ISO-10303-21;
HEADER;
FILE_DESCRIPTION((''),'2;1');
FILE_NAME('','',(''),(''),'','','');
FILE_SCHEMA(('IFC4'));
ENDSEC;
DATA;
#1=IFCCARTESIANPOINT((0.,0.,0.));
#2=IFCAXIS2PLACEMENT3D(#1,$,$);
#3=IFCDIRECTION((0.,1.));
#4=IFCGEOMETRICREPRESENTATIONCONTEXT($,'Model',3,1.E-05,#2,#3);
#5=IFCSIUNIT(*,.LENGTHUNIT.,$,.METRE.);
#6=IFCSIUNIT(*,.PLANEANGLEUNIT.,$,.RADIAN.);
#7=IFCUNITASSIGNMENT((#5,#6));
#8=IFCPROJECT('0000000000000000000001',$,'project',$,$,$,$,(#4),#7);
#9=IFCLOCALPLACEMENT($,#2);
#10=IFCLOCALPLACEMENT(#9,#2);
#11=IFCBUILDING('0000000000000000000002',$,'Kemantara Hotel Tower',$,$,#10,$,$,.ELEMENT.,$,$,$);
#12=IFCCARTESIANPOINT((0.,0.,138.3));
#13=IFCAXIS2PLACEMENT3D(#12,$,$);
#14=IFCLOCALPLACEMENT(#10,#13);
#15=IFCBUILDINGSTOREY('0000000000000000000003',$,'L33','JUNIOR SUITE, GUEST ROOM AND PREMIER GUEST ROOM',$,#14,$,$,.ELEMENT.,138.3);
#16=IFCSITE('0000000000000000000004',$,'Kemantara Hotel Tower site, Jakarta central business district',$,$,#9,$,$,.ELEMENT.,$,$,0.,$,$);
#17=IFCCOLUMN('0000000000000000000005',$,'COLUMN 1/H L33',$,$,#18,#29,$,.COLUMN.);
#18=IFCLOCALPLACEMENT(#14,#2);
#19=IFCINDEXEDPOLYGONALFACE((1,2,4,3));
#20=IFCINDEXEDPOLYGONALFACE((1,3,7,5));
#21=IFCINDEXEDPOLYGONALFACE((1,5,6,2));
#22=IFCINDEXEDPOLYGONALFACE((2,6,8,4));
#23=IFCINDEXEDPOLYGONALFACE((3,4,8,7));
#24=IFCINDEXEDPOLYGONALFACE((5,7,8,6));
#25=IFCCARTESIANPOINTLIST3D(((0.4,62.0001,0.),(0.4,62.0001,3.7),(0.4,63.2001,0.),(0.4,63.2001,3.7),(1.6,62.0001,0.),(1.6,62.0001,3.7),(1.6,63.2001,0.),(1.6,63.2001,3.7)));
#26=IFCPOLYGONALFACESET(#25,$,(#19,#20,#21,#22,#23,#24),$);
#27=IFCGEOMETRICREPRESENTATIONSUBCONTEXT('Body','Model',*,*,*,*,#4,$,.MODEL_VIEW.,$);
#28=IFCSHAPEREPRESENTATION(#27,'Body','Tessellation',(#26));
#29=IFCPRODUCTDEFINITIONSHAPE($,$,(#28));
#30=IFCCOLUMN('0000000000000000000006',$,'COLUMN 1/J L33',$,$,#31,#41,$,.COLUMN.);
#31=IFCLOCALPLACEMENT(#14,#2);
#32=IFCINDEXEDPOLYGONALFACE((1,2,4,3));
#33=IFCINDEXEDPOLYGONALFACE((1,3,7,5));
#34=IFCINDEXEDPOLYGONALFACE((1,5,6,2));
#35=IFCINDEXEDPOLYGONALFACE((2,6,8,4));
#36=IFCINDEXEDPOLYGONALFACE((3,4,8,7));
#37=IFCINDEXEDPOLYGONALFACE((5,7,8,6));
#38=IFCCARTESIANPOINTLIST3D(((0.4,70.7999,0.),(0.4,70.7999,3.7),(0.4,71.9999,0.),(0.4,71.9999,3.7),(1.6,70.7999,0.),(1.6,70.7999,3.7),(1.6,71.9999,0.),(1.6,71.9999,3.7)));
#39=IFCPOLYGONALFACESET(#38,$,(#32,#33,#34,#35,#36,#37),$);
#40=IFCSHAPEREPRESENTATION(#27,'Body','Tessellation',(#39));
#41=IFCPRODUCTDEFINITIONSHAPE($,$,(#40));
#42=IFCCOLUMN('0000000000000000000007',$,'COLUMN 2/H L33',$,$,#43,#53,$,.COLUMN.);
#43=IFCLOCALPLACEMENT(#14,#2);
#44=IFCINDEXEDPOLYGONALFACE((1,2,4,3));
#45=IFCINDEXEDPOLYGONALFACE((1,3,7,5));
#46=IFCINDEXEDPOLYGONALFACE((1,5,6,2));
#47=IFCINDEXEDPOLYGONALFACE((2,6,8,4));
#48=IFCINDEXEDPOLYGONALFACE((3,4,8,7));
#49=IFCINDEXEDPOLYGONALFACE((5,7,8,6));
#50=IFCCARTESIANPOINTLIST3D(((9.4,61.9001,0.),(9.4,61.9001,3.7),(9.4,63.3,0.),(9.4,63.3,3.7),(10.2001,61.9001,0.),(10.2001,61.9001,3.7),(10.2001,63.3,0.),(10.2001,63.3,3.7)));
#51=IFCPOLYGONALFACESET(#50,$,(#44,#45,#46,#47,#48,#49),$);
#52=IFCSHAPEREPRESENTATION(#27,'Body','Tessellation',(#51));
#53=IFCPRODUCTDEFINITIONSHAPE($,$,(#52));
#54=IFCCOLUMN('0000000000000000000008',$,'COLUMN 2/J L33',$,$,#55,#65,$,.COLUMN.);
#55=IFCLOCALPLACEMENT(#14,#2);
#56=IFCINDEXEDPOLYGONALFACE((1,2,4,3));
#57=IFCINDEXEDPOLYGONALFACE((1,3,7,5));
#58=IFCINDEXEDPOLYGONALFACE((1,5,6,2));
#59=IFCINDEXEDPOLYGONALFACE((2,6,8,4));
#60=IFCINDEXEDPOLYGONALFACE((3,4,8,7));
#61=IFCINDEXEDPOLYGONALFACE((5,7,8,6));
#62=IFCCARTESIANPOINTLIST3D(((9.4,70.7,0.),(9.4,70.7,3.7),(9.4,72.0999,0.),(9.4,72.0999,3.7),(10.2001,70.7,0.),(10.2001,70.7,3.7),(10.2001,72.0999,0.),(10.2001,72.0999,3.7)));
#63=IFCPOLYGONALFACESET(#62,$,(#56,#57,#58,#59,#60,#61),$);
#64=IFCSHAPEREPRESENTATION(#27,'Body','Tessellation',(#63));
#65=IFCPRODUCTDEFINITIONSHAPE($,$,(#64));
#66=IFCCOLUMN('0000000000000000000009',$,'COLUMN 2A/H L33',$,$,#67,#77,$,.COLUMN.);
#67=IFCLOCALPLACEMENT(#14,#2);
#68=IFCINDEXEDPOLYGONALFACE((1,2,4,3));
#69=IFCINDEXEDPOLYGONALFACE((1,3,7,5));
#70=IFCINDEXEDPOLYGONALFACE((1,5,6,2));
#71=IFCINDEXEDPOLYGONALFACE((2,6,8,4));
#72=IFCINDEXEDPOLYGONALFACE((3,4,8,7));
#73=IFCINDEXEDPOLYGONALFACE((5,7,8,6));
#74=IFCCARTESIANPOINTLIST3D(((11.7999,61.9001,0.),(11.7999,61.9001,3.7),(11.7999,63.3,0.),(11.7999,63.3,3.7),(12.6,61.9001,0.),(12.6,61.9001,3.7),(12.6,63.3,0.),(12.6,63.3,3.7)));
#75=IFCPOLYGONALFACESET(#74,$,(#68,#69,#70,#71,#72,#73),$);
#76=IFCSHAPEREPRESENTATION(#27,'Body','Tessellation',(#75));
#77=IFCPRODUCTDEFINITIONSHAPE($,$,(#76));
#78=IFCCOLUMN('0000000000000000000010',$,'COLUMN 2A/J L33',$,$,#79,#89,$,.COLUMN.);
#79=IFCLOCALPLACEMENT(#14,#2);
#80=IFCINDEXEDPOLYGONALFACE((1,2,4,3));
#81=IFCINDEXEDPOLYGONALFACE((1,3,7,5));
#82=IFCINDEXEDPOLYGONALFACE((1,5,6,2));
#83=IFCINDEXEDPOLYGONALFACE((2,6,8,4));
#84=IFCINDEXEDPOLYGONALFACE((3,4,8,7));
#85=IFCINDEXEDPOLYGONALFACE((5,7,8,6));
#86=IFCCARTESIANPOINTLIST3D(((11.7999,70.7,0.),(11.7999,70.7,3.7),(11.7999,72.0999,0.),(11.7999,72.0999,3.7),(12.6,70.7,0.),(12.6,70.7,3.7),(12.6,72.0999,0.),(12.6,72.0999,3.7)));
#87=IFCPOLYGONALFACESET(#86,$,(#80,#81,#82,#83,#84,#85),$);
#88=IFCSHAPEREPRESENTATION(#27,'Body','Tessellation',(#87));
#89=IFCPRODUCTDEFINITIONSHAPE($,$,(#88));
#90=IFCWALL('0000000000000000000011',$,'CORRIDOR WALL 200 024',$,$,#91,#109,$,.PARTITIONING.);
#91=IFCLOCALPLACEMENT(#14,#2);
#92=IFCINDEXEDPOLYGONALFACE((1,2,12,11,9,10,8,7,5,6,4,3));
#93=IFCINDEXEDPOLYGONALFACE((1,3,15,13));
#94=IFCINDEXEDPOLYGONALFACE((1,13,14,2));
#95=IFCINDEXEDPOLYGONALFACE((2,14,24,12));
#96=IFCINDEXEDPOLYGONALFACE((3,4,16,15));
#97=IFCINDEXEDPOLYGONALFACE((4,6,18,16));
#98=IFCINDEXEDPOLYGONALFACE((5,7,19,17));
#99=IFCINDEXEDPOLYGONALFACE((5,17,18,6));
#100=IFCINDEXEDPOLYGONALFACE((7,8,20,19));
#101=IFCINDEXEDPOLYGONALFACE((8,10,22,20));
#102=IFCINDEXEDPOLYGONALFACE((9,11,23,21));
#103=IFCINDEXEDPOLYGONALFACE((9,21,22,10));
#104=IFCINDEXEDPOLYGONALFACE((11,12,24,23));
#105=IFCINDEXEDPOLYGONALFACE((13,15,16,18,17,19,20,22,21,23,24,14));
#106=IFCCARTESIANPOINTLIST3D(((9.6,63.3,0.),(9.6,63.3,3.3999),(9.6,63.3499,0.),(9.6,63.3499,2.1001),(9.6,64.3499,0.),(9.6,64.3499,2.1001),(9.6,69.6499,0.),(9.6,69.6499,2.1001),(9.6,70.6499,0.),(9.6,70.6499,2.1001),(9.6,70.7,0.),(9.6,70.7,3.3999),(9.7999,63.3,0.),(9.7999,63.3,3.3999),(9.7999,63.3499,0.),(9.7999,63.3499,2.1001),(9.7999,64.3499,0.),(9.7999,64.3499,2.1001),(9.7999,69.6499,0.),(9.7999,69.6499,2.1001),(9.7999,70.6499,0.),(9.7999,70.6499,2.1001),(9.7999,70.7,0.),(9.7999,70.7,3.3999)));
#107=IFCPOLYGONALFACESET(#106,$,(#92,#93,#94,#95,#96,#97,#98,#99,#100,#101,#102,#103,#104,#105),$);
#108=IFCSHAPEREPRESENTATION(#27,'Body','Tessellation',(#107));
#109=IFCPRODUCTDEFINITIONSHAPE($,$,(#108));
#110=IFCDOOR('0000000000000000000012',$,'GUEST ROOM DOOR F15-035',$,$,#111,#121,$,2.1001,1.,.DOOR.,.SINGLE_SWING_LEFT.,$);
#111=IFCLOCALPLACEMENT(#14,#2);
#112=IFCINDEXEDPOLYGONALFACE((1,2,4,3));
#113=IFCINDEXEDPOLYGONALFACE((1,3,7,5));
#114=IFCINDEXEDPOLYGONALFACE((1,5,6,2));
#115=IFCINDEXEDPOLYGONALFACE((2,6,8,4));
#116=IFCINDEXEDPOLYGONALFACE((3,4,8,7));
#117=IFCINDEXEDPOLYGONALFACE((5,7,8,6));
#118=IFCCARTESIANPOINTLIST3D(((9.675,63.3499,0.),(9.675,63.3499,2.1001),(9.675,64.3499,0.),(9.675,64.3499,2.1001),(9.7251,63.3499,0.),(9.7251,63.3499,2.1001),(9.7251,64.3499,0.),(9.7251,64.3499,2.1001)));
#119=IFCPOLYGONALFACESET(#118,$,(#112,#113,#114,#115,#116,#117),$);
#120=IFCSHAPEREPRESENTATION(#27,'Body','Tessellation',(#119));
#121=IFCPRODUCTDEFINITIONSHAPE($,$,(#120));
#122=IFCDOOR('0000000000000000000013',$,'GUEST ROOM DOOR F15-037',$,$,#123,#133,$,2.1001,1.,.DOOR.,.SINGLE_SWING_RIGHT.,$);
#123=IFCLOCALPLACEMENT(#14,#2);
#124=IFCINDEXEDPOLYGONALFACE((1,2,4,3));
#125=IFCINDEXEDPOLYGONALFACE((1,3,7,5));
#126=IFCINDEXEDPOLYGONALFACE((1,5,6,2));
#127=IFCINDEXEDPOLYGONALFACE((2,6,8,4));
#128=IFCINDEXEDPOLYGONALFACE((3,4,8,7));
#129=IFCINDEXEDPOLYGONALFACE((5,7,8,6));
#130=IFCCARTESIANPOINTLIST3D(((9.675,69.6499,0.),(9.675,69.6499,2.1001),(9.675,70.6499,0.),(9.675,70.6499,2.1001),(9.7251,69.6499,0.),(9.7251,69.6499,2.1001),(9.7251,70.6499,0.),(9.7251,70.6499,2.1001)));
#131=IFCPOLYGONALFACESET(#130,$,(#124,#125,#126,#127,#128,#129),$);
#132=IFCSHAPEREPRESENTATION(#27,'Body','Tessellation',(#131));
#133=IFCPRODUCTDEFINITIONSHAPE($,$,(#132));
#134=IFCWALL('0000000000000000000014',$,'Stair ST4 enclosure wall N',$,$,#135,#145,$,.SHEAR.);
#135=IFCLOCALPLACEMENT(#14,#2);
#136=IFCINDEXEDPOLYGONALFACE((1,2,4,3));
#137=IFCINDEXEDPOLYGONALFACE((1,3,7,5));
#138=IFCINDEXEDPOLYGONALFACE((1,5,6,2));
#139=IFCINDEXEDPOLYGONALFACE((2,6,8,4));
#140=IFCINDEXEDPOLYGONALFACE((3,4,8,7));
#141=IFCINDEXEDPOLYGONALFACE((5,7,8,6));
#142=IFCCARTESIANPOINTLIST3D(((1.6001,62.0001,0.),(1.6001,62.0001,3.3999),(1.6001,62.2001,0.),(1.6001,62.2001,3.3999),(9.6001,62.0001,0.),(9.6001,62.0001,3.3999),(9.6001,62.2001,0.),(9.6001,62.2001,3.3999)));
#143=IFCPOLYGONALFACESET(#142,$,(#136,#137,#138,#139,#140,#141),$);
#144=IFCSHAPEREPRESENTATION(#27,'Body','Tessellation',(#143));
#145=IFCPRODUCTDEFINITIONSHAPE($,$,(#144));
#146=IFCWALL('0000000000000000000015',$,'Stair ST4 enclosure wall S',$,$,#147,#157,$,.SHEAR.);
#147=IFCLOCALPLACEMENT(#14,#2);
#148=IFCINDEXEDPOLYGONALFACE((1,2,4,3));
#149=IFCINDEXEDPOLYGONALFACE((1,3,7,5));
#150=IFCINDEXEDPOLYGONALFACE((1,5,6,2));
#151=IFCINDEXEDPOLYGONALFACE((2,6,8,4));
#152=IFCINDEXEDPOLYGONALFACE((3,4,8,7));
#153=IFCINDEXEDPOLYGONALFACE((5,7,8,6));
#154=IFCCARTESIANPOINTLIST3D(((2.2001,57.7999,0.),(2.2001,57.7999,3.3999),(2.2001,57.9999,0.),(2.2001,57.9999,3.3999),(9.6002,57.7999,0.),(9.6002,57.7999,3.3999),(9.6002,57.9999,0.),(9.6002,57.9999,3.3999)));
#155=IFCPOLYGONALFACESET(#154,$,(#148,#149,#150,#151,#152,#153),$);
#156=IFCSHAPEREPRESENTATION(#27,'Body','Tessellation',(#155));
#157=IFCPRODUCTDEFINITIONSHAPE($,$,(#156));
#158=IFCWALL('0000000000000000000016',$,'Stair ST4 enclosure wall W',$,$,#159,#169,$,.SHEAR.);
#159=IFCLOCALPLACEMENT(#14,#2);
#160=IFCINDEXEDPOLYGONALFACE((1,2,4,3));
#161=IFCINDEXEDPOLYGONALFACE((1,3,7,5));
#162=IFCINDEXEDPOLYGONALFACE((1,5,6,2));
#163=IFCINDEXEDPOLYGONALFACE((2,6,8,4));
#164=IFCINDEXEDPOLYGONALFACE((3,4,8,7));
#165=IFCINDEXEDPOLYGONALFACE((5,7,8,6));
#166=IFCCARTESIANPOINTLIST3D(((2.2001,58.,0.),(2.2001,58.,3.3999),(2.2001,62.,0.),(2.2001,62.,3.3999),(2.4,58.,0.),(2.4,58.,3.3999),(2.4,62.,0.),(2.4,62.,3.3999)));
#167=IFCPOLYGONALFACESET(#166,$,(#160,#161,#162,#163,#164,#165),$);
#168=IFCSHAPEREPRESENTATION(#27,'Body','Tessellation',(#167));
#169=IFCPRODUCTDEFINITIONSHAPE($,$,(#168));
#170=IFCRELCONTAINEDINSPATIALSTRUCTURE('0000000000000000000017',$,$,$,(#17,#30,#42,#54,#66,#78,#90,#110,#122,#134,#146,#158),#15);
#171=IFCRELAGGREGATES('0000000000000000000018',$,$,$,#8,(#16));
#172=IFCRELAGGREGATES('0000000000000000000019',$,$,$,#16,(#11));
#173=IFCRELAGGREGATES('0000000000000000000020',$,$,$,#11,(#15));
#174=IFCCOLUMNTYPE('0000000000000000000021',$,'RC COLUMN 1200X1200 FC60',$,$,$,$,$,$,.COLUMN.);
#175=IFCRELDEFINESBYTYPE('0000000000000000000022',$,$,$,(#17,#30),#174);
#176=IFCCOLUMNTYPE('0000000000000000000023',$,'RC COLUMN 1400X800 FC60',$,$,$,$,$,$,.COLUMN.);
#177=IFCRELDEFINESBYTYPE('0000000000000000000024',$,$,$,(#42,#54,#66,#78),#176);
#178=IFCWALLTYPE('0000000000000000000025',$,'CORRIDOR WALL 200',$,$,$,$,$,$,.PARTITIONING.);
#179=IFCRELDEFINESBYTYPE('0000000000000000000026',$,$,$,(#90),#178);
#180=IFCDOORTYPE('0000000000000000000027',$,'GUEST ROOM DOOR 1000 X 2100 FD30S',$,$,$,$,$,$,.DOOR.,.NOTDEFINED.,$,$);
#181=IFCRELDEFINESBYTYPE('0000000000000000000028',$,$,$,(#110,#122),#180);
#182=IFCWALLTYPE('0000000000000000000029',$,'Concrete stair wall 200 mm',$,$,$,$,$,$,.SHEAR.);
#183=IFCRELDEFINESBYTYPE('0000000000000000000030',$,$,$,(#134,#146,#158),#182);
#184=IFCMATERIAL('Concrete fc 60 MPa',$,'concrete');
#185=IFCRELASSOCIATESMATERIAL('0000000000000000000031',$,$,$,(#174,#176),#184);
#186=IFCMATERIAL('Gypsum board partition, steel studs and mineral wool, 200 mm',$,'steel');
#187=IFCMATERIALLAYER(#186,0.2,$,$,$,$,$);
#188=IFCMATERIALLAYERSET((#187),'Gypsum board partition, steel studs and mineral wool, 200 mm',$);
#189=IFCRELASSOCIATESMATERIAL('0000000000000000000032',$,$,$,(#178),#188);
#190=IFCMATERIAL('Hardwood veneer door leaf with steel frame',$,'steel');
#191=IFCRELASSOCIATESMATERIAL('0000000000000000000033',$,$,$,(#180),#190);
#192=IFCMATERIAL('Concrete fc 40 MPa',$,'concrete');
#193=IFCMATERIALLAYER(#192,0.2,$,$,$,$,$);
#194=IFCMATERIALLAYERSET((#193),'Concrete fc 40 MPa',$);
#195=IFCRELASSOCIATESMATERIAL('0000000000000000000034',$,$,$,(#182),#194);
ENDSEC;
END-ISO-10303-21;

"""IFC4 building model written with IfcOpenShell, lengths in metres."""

from ifc_helpers import new_model, si_unit, direction, frame, frame_2d, origin, origin_2d, place, context, subcontext, project, spatial, rectangle, extrude, material, layer, layer_set, material_profile, profile_set, type_object, element, fill, save


model = new_model("IFC4")

# Units and contexts
model_context = context("Model", 3, precision=1e-05, world=origin(), true_north=direction((0.0, 1.0)))
body_context = subcontext(model_context, "Body", "Model", "MODEL_VIEW")
ifc_project = project(units=[si_unit("LENGTHUNIT", "METRE"), si_unit("PLANEANGLEUNIT", "RADIAN")], contexts=[model_context])

# Site, building, storey
site_placement = place(None, origin())
site = spatial("IfcSite", under=ifc_project, at=site_placement, Name="Kemantara Hotel Tower site, Jakarta central business district", CompositionType="ELEMENT", RefElevation=0.0)
building_placement = place(site_placement, origin())
building = spatial("IfcBuilding", under=site, at=building_placement, Name="Kemantara Hotel Tower", CompositionType="ELEMENT")
storey_placement = place(building_placement, frame((0.0, 0.0, 138.3)))
storey = spatial("IfcBuildingStorey", under=building, at=storey_placement, Name="L33", Description="JUNIOR SUITE, GUEST ROOM AND PREMIER GUEST ROOM", CompositionType="ELEMENT", Elevation=138.3)

# Columns
ifc_material_1 = material(Name="Concrete fc 60 MPa", Category="concrete")
ifc_material_profile_1 = material_profile(ifc_material_1, rectangle(XDim=1.2, YDim=1.2, at=origin_2d()), Name="RC 1200X1200")
ifc_profile_set_1 = profile_set([ifc_material_profile_1], Name="Concrete fc 60 MPa")
column_type_1 = type_object("IfcColumnType", Name="RC COLUMN 1200X1200 FC60", PredefinedType="COLUMN", material=ifc_profile_set_1)
for number, where, z_axis, x_axis, name in (
    (1, (1.0, 62.6001, 0.0), (0.0, 0.0, 1.0), (1.0, 0.0, 0.0), "COLUMN 1/H L33"),
    (2, (1.0, 71.3999, 0.0), (0.0, 0.0, 1.0), (1.0, 0.0, 0.0), "COLUMN 1/J L33"),
):
    element("IfcColumn", number, at=place(storey_placement, frame(where, z_axis=z_axis, x_axis=x_axis)), inside=storey, type_object=column_type_1, Name=name, PredefinedType="COLUMN", context=body_context, shape_type="SweptSolid", body=[
        extrude(rectangle(XDim=1.2, YDim=1.2, at=origin_2d()), origin(), (0.0, 0.0, 1.0), 3.7),
    ])
ifc_material_profile_2 = material_profile(ifc_material_1, rectangle(XDim=1.3999, YDim=0.8, at=origin_2d()), Name="RC 1400X800")
ifc_profile_set_2 = profile_set([ifc_material_profile_2], Name="Concrete fc 60 MPa")
column_type_2 = type_object("IfcColumnType", Name="RC COLUMN 1400X800 FC60", PredefinedType="COLUMN", material=ifc_profile_set_2)
for number, where, z_axis, x_axis, name in (
    (3, (9.8, 62.6001, 0.0), (0.0, 0.0, 1.0), (0.0, 1.0, 0.0), "COLUMN 2/H L33"),
    (4, (9.8, 71.3999, 0.0), (0.0, 0.0, 1.0), (0.0, 1.0, 0.0), "COLUMN 2/J L33"),
    (5, (12.2, 62.6001, 0.0), (0.0, 0.0, 1.0), (0.0, 1.0, 0.0), "COLUMN 2A/H L33"),
    (6, (12.2, 71.3999, 0.0), (0.0, 0.0, 1.0), (0.0, 1.0, 0.0), "COLUMN 2A/J L33"),
):
    element("IfcColumn", number, at=place(storey_placement, frame(where, z_axis=z_axis, x_axis=x_axis)), inside=storey, type_object=column_type_2, Name=name, PredefinedType="COLUMN", context=body_context, shape_type="SweptSolid", body=[
        extrude(rectangle(XDim=1.3999, YDim=0.8, at=origin_2d()), origin(), (0.0, 0.0, 1.0), 3.7),
    ])

# Wall, openings, doors
ifc_material_2 = material(Name="Gypsum board partition, steel studs and mineral wool, 200 mm", Category="steel")
ifc_layer_1 = layer(ifc_material_2, 0.2)
ifc_layer_set_1 = layer_set([ifc_layer_1], Name="Gypsum board partition, steel studs and mineral wool, 200 mm")
wall_type_1 = type_object("IfcWallType", Name="CORRIDOR WALL 200", PredefinedType="PARTITIONING", material=ifc_layer_set_1)
wall_1_placement = place(storey_placement, frame((9.7, 63.3, 0.0), z_axis=(0.0, 0.0, 1.0), x_axis=(0.0, 1.0, 0.0)))
wall_1 = element("IfcWall", 7, at=wall_1_placement, inside=storey, type_object=wall_type_1, Name="CORRIDOR WALL 200 024", PredefinedType="PARTITIONING", context=body_context, shape_type="SweptSolid", body=[
    extrude(rectangle(XDim=7.3999, YDim=0.2, at=frame_2d((3.7, 0.0))), origin(), (0.0, 0.0, 1.0), 3.3999),
])
opening_1_placement = place(wall_1_placement, frame((0.0498, 0.0, 0.0)))
opening_1 = element("IfcOpeningElement", 8, at=opening_1_placement, cuts=wall_1, PredefinedType="OPENING", context=body_context, shape_type="SweptSolid", body=[
    extrude(rectangle(XDim=1.0, YDim=2.1001, at=frame_2d((0.5, 1.05))), frame((0.0, 0.1099, 0.0), z_axis=(0.0, -1.0, 0.0), x_axis=(1.0, 0.0, 0.0)), (0.0, 0.0, 1.0), 0.22),
])
opening_2_placement = place(wall_1_placement, frame((6.3499, 0.0, 0.0)))
opening_2 = element("IfcOpeningElement", 9, at=opening_2_placement, cuts=wall_1, PredefinedType="OPENING", context=body_context, shape_type="SweptSolid", body=[
    extrude(rectangle(XDim=1.0, YDim=2.1001, at=frame_2d((0.5, 1.05))), frame((0.0, 0.1099, 0.0), z_axis=(0.0, -1.0, 0.0), x_axis=(1.0, 0.0, 0.0)), (0.0, 0.0, 1.0), 0.22),
])
ifc_material_3 = material(Name="Hardwood veneer door leaf with steel frame", Category="steel")
door_type_1 = type_object("IfcDoorType", Name="GUEST ROOM DOOR 1000 X 2100 FD30S", OperationType="NOTDEFINED", PredefinedType="DOOR", material=ifc_material_3)
door_1_placement = place(opening_1_placement, origin())
door_1 = element("IfcDoor", 10, at=door_1_placement, inside=storey, type_object=door_type_1, Name="GUEST ROOM DOOR F15-035", OperationType="SINGLE_SWING_LEFT", OverallHeight=2.1001, OverallWidth=1.0, PredefinedType="DOOR", context=body_context, shape_type="SweptSolid", body=[
    extrude(rectangle(XDim=1.0, YDim=2.1001, at=frame_2d((0.5, 1.05))), frame((0.0, 0.0249, 0.0), z_axis=(0.0, -1.0, 0.0), x_axis=(1.0, 0.0, 0.0)), (0.0, 0.0, 1.0), 0.05),
])
fill(opening_1, door_1)
door_2_placement = place(opening_2_placement, origin())
door_2 = element("IfcDoor", 11, at=door_2_placement, inside=storey, type_object=door_type_1, Name="GUEST ROOM DOOR F15-037", OperationType="SINGLE_SWING_RIGHT", OverallHeight=2.1001, OverallWidth=1.0, PredefinedType="DOOR", context=body_context, shape_type="SweptSolid", body=[
    extrude(rectangle(XDim=1.0, YDim=2.1001, at=frame_2d((0.5, 1.05))), frame((0.0, 0.0249, 0.0), z_axis=(0.0, -1.0, 0.0), x_axis=(1.0, 0.0, 0.0)), (0.0, 0.0, 1.0), 0.05),
])
fill(opening_2, door_2)

# Walls
ifc_material_4 = material(Name="Concrete fc 40 MPa", Category="concrete")
ifc_layer_2 = layer(ifc_material_4, 0.2)
ifc_layer_set_2 = layer_set([ifc_layer_2], Name="Concrete fc 40 MPa")
wall_type_2 = type_object("IfcWallType", Name="Concrete stair wall 200 mm", PredefinedType="SHEAR", material=ifc_layer_set_2)
wall_2_placement = place(storey_placement, frame((1.6001, 62.1001, 0.0), z_axis=(0.0, 0.0, 1.0), x_axis=(1.0, 0.0, 0.0)))
element("IfcWall", 12, at=wall_2_placement, inside=storey, type_object=wall_type_2, Name="Stair ST4 enclosure wall N", PredefinedType="SHEAR", context=body_context, shape_type="SweptSolid", body=[
    extrude(rectangle(XDim=8.0, YDim=0.2, at=frame_2d((4.0, 0.0))), origin(), (0.0, 0.0, 1.0), 3.3999),
])
wall_3_placement = place(storey_placement, frame((2.2, 57.8999, 0.0), z_axis=(0.0, 0.0, 1.0), x_axis=(1.0, 0.0, 0.0)))
element("IfcWall", 13, at=wall_3_placement, inside=storey, type_object=wall_type_2, Name="Stair ST4 enclosure wall S", PredefinedType="SHEAR", context=body_context, shape_type="SweptSolid", body=[
    extrude(rectangle(XDim=7.4001, YDim=0.2, at=frame_2d((3.7002, 0.0))), origin(), (0.0, 0.0, 1.0), 3.3999),
])
wall_4_placement = place(storey_placement, frame((2.3, 58.0, 0.0), z_axis=(0.0, 0.0, 1.0), x_axis=(0.0, 1.0, 0.0)))
element("IfcWall", 14, at=wall_4_placement, inside=storey, type_object=wall_type_2, Name="Stair ST4 enclosure wall W", PredefinedType="SHEAR", context=body_context, shape_type="SweptSolid", body=[
    extrude(rectangle(XDim=4.0, YDim=0.2, at=frame_2d((2.0, 0.0))), origin(), (0.0, 0.0, 1.0), 3.3999),
])

save(model, "model.ifc")
